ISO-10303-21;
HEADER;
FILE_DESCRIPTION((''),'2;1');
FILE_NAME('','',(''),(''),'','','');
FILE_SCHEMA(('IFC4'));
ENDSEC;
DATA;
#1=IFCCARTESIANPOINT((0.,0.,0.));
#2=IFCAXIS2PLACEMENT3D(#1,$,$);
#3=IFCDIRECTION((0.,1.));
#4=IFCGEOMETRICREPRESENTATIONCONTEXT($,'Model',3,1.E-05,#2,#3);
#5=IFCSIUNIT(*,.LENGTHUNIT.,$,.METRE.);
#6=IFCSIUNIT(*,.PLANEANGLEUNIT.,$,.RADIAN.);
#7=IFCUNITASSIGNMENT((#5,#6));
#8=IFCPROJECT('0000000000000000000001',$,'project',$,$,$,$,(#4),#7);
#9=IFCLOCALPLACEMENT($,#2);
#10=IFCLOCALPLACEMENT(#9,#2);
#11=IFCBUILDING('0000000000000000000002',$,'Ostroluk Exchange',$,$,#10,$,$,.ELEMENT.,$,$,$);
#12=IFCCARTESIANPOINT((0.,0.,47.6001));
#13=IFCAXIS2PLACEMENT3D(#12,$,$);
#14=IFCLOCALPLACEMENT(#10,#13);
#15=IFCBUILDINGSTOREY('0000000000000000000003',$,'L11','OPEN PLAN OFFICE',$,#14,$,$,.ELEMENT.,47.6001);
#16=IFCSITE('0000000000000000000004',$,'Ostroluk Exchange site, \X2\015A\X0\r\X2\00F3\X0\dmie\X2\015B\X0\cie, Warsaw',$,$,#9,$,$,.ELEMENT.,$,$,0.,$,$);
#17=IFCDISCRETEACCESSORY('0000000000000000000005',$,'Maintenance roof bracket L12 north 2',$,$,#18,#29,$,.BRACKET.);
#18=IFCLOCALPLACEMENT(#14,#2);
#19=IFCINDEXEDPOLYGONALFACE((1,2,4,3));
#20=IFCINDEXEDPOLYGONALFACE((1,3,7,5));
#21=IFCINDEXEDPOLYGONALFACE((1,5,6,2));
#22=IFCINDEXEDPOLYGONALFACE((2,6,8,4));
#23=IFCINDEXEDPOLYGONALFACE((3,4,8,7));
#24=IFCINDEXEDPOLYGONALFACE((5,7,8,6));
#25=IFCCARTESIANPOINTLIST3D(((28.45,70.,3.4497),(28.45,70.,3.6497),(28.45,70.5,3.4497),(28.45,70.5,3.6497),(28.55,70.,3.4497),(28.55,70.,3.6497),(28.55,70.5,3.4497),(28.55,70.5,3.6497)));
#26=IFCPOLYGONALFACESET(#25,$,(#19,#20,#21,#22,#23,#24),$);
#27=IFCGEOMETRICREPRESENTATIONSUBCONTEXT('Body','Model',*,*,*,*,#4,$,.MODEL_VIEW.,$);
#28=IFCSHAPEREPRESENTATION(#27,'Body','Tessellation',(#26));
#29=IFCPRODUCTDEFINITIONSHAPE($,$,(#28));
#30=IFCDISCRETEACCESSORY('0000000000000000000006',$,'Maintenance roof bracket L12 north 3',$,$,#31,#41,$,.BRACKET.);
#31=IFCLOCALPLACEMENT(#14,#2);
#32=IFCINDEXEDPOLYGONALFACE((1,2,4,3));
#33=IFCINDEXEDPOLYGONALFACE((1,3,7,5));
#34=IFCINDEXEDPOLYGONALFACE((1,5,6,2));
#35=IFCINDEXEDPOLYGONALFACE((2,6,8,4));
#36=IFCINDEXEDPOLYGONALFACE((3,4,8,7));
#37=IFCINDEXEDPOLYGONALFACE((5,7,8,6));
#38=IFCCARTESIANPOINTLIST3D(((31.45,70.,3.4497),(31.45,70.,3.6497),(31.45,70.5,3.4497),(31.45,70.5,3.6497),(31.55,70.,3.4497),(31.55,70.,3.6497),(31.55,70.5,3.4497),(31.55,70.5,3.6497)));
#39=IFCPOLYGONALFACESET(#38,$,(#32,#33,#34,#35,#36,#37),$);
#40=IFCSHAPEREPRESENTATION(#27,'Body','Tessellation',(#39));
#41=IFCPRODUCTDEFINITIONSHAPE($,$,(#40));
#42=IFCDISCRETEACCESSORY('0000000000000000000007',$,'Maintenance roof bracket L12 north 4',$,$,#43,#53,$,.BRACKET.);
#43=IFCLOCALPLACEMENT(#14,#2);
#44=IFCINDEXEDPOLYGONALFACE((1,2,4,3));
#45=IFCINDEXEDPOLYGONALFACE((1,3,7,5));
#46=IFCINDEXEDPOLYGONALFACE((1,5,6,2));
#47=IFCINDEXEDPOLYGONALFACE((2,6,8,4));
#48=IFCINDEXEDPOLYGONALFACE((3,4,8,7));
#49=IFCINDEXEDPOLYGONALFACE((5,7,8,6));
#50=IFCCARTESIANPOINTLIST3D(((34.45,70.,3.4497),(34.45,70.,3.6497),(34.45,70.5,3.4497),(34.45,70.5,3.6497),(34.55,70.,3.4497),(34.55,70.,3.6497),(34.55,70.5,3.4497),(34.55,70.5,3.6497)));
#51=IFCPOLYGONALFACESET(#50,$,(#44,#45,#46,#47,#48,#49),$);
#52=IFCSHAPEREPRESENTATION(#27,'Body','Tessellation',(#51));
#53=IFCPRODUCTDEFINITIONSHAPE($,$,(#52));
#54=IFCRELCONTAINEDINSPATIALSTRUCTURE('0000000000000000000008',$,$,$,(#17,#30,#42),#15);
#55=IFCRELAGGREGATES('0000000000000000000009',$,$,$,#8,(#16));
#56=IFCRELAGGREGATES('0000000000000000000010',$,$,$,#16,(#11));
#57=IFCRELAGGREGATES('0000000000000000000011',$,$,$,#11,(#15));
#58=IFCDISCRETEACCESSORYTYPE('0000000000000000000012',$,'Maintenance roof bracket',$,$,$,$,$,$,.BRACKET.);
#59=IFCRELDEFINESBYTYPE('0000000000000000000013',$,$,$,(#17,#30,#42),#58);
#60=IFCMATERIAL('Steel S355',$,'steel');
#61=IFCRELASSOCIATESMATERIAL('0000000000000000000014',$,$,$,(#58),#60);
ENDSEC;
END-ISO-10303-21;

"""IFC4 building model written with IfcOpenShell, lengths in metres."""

from ifc_helpers import new_model, si_unit, direction, frame, origin, origin_2d, place, context, subcontext, project, spatial, rectangle, extrude, material, type_object, element, save


model = new_model("IFC4")

# Units and contexts
model_context = context("Model", 3, precision=1e-05, world=origin(), true_north=direction((0.0, 1.0)))
body_context = subcontext(model_context, "Body", "Model", "MODEL_VIEW")
ifc_project = project(units=[si_unit("LENGTHUNIT", "METRE"), si_unit("PLANEANGLEUNIT", "RADIAN")], contexts=[model_context])

# Site, building, storey
site_placement = place(None, origin())
site = spatial("IfcSite", under=ifc_project, at=site_placement, Name="Ostroluk Exchange site, Śródmieście, Warsaw", CompositionType="ELEMENT", RefElevation=0.0)
building_placement = place(site_placement, origin())
building = spatial("IfcBuilding", under=site, at=building_placement, Name="Ostroluk Exchange", CompositionType="ELEMENT")
storey_placement = place(building_placement, frame((0.0, 0.0, 47.6001)))
storey = spatial("IfcBuildingStorey", under=building, at=storey_placement, Name="L11", Description="OPEN PLAN OFFICE", CompositionType="ELEMENT", Elevation=47.6001)

# Discrete accessories
ifc_material_1 = material(Name="Steel S355", Category="steel")
discrete_accessory_type = type_object("IfcDiscreteAccessoryType", Name="Maintenance roof bracket", PredefinedType="BRACKET", material=ifc_material_1)
for number, where, z_axis, x_axis, name in (
    (1, (28.5, 70.25, 3.4497), (0.0, 0.0, 1.0), (1.0, 0.0, 0.0), "Maintenance roof bracket L12 north 2"),
    (2, (31.5, 70.25, 3.4497), (0.0, 0.0, 1.0), (1.0, 0.0, 0.0), "Maintenance roof bracket L12 north 3"),
    (3, (34.5, 70.25, 3.4497), (0.0, 0.0, 1.0), (1.0, 0.0, 0.0), "Maintenance roof bracket L12 north 4"),
):
    element("IfcDiscreteAccessory", number, at=place(storey_placement, frame(where, z_axis=z_axis, x_axis=x_axis)), inside=storey, type_object=discrete_accessory_type, Name=name, PredefinedType="BRACKET", context=body_context, shape_type="SweptSolid", body=[
        extrude(rectangle(XDim=0.1001, YDim=0.5, at=origin_2d()), origin(), (0.0, 0.0, 1.0), 0.2),
    ])

save(model, "model.ifc")
